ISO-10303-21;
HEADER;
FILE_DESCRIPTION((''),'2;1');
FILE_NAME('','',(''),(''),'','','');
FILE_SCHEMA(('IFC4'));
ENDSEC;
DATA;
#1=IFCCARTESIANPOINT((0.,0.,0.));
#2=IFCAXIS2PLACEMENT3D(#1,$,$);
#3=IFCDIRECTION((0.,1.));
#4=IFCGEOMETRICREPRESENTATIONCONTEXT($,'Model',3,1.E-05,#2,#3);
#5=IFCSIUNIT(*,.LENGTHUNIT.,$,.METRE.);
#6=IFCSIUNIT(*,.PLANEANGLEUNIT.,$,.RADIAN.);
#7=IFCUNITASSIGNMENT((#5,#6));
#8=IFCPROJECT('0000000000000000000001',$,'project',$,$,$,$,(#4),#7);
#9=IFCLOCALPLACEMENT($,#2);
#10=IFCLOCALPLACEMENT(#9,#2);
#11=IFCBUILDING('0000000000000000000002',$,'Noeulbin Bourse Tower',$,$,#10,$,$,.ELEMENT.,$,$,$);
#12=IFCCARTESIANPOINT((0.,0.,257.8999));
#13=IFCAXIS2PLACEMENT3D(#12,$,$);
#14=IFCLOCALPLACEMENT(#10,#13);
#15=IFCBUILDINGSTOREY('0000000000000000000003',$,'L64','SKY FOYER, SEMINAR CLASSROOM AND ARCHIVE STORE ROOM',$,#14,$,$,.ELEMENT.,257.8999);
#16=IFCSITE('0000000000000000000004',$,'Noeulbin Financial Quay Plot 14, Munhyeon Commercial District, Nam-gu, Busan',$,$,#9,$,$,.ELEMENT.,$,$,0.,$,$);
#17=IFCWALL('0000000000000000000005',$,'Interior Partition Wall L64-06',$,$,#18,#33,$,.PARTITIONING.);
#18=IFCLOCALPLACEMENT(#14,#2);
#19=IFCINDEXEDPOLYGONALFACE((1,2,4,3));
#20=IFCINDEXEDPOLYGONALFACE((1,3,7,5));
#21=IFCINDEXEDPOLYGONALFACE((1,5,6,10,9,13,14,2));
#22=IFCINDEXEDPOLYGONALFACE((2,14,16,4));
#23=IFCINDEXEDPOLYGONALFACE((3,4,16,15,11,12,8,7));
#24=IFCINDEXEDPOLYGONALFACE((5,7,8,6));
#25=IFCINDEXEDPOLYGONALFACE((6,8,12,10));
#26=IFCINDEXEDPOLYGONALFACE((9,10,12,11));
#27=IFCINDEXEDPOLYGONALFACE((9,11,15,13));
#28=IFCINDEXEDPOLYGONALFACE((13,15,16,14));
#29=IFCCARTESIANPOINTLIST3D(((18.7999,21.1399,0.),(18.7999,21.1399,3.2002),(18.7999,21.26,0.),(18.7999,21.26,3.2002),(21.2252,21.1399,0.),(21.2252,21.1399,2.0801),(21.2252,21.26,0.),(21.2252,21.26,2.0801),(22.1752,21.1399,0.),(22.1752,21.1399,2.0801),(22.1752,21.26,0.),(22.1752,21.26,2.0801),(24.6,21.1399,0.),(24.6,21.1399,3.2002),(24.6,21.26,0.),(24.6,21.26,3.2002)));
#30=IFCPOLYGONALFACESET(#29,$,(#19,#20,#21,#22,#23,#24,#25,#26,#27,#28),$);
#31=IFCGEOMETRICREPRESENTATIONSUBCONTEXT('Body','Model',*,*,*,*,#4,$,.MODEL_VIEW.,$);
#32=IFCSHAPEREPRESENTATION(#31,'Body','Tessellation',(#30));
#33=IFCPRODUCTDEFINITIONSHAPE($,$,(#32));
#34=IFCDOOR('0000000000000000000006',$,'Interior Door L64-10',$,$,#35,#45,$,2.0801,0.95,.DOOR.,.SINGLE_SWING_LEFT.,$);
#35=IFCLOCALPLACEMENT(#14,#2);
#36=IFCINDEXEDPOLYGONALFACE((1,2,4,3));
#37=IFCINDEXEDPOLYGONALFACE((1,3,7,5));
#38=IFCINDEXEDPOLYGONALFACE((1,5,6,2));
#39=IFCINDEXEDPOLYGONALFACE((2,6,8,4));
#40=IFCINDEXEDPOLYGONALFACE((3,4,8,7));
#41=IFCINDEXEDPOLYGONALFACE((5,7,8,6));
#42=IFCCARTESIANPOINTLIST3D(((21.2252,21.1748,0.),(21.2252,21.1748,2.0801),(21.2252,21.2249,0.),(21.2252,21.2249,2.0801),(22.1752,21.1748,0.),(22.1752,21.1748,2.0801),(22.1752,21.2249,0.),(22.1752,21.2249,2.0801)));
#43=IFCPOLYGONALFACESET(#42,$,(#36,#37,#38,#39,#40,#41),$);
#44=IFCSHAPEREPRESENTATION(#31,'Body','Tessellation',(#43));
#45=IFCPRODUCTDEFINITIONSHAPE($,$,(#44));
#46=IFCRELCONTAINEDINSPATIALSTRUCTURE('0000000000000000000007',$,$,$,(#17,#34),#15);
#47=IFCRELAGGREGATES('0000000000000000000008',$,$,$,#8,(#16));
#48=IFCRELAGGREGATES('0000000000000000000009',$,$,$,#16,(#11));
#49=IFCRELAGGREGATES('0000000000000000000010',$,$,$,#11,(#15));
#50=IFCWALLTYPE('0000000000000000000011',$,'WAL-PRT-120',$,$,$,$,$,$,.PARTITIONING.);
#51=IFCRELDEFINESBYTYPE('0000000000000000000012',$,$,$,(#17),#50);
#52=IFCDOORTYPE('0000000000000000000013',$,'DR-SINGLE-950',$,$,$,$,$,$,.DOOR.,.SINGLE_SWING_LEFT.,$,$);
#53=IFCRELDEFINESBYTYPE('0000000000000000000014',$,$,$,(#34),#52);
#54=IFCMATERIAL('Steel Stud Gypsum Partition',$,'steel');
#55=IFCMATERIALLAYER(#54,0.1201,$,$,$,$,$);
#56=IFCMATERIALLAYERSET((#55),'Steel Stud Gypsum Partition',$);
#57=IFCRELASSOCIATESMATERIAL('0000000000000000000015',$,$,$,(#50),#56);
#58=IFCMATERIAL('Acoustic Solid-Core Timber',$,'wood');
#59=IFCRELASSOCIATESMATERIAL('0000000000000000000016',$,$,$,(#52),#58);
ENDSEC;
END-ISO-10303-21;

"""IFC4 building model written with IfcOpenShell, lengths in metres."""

from ifc_helpers import new_model, si_unit, direction, frame, frame_2d, origin, place, context, subcontext, project, spatial, rectangle, extrude, material, layer, layer_set, type_object, element, fill, save


model = new_model("IFC4")

# Units and contexts
model_context = context("Model", 3, precision=1e-05, world=origin(), true_north=direction((0.0, 1.0)))
body_context = subcontext(model_context, "Body", "Model", "MODEL_VIEW")
ifc_project = project(units=[si_unit("LENGTHUNIT", "METRE"), si_unit("PLANEANGLEUNIT", "RADIAN")], contexts=[model_context])

# Site, building, storey
site_placement = place(None, origin())
site = spatial("IfcSite", under=ifc_project, at=site_placement, Name="Noeulbin Financial Quay Plot 14, Munhyeon Commercial District, Nam-gu, Busan", CompositionType="ELEMENT", RefElevation=0.0)
building_placement = place(site_placement, origin())
building = spatial("IfcBuilding", under=site, at=building_placement, Name="Noeulbin Bourse Tower", CompositionType="ELEMENT")
storey_placement = place(building_placement, frame((0.0, 0.0, 257.8999)))
storey = spatial("IfcBuildingStorey", under=building, at=storey_placement, Name="L64", Description="SKY FOYER, SEMINAR CLASSROOM AND ARCHIVE STORE ROOM", CompositionType="ELEMENT", Elevation=257.8999)

# Wall, opening, door
ifc_material_1 = material(Name="Steel Stud Gypsum Partition", Category="steel")
ifc_layer_1 = layer(ifc_material_1, 0.1201)
ifc_layer_set_1 = layer_set([ifc_layer_1], Name="Steel Stud Gypsum Partition")
wall_type_1 = type_object("IfcWallType", Name="WAL-PRT-120", PredefinedType="PARTITIONING", material=ifc_layer_set_1)
wall_1_placement = place(storey_placement, frame((18.8, 21.2, 0.0), z_axis=(0.0, 0.0, 1.0), x_axis=(1.0, 0.0, 0.0)))
wall_1 = element("IfcWall", 1, at=wall_1_placement, inside=storey, type_object=wall_type_1, Name="Interior Partition Wall L64-06", PredefinedType="PARTITIONING", context=body_context, shape_type="SweptSolid", body=[
    extrude(rectangle(XDim=5.8, YDim=0.1201, at=frame_2d((2.8999, 0.0))), origin(), (0.0, 0.0, 1.0), 3.2002),
])
opening_1_placement = place(wall_1_placement, frame((2.425, 0.0, 0.0)))
opening_1 = element("IfcOpeningElement", 2, at=opening_1_placement, cuts=wall_1, PredefinedType="OPENING", context=body_context, shape_type="SweptSolid", body=[
    extrude(rectangle(XDim=0.95, YDim=2.0801, at=frame_2d((0.4751, 1.04))), frame((0.0, 0.0701, 0.0), z_axis=(0.0, -1.0, 0.0), x_axis=(1.0, 0.0, 0.0)), (0.0, 0.0, 1.0), 0.1401),
])
ifc_material_2 = material(Name="Acoustic Solid-Core Timber", Category="wood")
door_type_1 = type_object("IfcDoorType", Name="DR-SINGLE-950", OperationType="SINGLE_SWING_LEFT", PredefinedType="DOOR", material=ifc_material_2)
door_1_placement = place(opening_1_placement, origin())
door_1 = element("IfcDoor", 3, at=door_1_placement, inside=storey, type_object=door_type_1, Name="Interior Door L64-10", OperationType="SINGLE_SWING_LEFT", OverallHeight=2.0801, OverallWidth=0.95, PredefinedType="DOOR", context=body_context, shape_type="SweptSolid", body=[
    extrude(rectangle(XDim=0.95, YDim=2.0801, at=frame_2d((0.4751, 1.04))), frame((0.0, 0.0249, 0.0), z_axis=(0.0, -1.0, 0.0), x_axis=(1.0, 0.0, 0.0)), (0.0, 0.0, 1.0), 0.05),
])
fill(opening_1, door_1)

save(model, "model.ifc")
